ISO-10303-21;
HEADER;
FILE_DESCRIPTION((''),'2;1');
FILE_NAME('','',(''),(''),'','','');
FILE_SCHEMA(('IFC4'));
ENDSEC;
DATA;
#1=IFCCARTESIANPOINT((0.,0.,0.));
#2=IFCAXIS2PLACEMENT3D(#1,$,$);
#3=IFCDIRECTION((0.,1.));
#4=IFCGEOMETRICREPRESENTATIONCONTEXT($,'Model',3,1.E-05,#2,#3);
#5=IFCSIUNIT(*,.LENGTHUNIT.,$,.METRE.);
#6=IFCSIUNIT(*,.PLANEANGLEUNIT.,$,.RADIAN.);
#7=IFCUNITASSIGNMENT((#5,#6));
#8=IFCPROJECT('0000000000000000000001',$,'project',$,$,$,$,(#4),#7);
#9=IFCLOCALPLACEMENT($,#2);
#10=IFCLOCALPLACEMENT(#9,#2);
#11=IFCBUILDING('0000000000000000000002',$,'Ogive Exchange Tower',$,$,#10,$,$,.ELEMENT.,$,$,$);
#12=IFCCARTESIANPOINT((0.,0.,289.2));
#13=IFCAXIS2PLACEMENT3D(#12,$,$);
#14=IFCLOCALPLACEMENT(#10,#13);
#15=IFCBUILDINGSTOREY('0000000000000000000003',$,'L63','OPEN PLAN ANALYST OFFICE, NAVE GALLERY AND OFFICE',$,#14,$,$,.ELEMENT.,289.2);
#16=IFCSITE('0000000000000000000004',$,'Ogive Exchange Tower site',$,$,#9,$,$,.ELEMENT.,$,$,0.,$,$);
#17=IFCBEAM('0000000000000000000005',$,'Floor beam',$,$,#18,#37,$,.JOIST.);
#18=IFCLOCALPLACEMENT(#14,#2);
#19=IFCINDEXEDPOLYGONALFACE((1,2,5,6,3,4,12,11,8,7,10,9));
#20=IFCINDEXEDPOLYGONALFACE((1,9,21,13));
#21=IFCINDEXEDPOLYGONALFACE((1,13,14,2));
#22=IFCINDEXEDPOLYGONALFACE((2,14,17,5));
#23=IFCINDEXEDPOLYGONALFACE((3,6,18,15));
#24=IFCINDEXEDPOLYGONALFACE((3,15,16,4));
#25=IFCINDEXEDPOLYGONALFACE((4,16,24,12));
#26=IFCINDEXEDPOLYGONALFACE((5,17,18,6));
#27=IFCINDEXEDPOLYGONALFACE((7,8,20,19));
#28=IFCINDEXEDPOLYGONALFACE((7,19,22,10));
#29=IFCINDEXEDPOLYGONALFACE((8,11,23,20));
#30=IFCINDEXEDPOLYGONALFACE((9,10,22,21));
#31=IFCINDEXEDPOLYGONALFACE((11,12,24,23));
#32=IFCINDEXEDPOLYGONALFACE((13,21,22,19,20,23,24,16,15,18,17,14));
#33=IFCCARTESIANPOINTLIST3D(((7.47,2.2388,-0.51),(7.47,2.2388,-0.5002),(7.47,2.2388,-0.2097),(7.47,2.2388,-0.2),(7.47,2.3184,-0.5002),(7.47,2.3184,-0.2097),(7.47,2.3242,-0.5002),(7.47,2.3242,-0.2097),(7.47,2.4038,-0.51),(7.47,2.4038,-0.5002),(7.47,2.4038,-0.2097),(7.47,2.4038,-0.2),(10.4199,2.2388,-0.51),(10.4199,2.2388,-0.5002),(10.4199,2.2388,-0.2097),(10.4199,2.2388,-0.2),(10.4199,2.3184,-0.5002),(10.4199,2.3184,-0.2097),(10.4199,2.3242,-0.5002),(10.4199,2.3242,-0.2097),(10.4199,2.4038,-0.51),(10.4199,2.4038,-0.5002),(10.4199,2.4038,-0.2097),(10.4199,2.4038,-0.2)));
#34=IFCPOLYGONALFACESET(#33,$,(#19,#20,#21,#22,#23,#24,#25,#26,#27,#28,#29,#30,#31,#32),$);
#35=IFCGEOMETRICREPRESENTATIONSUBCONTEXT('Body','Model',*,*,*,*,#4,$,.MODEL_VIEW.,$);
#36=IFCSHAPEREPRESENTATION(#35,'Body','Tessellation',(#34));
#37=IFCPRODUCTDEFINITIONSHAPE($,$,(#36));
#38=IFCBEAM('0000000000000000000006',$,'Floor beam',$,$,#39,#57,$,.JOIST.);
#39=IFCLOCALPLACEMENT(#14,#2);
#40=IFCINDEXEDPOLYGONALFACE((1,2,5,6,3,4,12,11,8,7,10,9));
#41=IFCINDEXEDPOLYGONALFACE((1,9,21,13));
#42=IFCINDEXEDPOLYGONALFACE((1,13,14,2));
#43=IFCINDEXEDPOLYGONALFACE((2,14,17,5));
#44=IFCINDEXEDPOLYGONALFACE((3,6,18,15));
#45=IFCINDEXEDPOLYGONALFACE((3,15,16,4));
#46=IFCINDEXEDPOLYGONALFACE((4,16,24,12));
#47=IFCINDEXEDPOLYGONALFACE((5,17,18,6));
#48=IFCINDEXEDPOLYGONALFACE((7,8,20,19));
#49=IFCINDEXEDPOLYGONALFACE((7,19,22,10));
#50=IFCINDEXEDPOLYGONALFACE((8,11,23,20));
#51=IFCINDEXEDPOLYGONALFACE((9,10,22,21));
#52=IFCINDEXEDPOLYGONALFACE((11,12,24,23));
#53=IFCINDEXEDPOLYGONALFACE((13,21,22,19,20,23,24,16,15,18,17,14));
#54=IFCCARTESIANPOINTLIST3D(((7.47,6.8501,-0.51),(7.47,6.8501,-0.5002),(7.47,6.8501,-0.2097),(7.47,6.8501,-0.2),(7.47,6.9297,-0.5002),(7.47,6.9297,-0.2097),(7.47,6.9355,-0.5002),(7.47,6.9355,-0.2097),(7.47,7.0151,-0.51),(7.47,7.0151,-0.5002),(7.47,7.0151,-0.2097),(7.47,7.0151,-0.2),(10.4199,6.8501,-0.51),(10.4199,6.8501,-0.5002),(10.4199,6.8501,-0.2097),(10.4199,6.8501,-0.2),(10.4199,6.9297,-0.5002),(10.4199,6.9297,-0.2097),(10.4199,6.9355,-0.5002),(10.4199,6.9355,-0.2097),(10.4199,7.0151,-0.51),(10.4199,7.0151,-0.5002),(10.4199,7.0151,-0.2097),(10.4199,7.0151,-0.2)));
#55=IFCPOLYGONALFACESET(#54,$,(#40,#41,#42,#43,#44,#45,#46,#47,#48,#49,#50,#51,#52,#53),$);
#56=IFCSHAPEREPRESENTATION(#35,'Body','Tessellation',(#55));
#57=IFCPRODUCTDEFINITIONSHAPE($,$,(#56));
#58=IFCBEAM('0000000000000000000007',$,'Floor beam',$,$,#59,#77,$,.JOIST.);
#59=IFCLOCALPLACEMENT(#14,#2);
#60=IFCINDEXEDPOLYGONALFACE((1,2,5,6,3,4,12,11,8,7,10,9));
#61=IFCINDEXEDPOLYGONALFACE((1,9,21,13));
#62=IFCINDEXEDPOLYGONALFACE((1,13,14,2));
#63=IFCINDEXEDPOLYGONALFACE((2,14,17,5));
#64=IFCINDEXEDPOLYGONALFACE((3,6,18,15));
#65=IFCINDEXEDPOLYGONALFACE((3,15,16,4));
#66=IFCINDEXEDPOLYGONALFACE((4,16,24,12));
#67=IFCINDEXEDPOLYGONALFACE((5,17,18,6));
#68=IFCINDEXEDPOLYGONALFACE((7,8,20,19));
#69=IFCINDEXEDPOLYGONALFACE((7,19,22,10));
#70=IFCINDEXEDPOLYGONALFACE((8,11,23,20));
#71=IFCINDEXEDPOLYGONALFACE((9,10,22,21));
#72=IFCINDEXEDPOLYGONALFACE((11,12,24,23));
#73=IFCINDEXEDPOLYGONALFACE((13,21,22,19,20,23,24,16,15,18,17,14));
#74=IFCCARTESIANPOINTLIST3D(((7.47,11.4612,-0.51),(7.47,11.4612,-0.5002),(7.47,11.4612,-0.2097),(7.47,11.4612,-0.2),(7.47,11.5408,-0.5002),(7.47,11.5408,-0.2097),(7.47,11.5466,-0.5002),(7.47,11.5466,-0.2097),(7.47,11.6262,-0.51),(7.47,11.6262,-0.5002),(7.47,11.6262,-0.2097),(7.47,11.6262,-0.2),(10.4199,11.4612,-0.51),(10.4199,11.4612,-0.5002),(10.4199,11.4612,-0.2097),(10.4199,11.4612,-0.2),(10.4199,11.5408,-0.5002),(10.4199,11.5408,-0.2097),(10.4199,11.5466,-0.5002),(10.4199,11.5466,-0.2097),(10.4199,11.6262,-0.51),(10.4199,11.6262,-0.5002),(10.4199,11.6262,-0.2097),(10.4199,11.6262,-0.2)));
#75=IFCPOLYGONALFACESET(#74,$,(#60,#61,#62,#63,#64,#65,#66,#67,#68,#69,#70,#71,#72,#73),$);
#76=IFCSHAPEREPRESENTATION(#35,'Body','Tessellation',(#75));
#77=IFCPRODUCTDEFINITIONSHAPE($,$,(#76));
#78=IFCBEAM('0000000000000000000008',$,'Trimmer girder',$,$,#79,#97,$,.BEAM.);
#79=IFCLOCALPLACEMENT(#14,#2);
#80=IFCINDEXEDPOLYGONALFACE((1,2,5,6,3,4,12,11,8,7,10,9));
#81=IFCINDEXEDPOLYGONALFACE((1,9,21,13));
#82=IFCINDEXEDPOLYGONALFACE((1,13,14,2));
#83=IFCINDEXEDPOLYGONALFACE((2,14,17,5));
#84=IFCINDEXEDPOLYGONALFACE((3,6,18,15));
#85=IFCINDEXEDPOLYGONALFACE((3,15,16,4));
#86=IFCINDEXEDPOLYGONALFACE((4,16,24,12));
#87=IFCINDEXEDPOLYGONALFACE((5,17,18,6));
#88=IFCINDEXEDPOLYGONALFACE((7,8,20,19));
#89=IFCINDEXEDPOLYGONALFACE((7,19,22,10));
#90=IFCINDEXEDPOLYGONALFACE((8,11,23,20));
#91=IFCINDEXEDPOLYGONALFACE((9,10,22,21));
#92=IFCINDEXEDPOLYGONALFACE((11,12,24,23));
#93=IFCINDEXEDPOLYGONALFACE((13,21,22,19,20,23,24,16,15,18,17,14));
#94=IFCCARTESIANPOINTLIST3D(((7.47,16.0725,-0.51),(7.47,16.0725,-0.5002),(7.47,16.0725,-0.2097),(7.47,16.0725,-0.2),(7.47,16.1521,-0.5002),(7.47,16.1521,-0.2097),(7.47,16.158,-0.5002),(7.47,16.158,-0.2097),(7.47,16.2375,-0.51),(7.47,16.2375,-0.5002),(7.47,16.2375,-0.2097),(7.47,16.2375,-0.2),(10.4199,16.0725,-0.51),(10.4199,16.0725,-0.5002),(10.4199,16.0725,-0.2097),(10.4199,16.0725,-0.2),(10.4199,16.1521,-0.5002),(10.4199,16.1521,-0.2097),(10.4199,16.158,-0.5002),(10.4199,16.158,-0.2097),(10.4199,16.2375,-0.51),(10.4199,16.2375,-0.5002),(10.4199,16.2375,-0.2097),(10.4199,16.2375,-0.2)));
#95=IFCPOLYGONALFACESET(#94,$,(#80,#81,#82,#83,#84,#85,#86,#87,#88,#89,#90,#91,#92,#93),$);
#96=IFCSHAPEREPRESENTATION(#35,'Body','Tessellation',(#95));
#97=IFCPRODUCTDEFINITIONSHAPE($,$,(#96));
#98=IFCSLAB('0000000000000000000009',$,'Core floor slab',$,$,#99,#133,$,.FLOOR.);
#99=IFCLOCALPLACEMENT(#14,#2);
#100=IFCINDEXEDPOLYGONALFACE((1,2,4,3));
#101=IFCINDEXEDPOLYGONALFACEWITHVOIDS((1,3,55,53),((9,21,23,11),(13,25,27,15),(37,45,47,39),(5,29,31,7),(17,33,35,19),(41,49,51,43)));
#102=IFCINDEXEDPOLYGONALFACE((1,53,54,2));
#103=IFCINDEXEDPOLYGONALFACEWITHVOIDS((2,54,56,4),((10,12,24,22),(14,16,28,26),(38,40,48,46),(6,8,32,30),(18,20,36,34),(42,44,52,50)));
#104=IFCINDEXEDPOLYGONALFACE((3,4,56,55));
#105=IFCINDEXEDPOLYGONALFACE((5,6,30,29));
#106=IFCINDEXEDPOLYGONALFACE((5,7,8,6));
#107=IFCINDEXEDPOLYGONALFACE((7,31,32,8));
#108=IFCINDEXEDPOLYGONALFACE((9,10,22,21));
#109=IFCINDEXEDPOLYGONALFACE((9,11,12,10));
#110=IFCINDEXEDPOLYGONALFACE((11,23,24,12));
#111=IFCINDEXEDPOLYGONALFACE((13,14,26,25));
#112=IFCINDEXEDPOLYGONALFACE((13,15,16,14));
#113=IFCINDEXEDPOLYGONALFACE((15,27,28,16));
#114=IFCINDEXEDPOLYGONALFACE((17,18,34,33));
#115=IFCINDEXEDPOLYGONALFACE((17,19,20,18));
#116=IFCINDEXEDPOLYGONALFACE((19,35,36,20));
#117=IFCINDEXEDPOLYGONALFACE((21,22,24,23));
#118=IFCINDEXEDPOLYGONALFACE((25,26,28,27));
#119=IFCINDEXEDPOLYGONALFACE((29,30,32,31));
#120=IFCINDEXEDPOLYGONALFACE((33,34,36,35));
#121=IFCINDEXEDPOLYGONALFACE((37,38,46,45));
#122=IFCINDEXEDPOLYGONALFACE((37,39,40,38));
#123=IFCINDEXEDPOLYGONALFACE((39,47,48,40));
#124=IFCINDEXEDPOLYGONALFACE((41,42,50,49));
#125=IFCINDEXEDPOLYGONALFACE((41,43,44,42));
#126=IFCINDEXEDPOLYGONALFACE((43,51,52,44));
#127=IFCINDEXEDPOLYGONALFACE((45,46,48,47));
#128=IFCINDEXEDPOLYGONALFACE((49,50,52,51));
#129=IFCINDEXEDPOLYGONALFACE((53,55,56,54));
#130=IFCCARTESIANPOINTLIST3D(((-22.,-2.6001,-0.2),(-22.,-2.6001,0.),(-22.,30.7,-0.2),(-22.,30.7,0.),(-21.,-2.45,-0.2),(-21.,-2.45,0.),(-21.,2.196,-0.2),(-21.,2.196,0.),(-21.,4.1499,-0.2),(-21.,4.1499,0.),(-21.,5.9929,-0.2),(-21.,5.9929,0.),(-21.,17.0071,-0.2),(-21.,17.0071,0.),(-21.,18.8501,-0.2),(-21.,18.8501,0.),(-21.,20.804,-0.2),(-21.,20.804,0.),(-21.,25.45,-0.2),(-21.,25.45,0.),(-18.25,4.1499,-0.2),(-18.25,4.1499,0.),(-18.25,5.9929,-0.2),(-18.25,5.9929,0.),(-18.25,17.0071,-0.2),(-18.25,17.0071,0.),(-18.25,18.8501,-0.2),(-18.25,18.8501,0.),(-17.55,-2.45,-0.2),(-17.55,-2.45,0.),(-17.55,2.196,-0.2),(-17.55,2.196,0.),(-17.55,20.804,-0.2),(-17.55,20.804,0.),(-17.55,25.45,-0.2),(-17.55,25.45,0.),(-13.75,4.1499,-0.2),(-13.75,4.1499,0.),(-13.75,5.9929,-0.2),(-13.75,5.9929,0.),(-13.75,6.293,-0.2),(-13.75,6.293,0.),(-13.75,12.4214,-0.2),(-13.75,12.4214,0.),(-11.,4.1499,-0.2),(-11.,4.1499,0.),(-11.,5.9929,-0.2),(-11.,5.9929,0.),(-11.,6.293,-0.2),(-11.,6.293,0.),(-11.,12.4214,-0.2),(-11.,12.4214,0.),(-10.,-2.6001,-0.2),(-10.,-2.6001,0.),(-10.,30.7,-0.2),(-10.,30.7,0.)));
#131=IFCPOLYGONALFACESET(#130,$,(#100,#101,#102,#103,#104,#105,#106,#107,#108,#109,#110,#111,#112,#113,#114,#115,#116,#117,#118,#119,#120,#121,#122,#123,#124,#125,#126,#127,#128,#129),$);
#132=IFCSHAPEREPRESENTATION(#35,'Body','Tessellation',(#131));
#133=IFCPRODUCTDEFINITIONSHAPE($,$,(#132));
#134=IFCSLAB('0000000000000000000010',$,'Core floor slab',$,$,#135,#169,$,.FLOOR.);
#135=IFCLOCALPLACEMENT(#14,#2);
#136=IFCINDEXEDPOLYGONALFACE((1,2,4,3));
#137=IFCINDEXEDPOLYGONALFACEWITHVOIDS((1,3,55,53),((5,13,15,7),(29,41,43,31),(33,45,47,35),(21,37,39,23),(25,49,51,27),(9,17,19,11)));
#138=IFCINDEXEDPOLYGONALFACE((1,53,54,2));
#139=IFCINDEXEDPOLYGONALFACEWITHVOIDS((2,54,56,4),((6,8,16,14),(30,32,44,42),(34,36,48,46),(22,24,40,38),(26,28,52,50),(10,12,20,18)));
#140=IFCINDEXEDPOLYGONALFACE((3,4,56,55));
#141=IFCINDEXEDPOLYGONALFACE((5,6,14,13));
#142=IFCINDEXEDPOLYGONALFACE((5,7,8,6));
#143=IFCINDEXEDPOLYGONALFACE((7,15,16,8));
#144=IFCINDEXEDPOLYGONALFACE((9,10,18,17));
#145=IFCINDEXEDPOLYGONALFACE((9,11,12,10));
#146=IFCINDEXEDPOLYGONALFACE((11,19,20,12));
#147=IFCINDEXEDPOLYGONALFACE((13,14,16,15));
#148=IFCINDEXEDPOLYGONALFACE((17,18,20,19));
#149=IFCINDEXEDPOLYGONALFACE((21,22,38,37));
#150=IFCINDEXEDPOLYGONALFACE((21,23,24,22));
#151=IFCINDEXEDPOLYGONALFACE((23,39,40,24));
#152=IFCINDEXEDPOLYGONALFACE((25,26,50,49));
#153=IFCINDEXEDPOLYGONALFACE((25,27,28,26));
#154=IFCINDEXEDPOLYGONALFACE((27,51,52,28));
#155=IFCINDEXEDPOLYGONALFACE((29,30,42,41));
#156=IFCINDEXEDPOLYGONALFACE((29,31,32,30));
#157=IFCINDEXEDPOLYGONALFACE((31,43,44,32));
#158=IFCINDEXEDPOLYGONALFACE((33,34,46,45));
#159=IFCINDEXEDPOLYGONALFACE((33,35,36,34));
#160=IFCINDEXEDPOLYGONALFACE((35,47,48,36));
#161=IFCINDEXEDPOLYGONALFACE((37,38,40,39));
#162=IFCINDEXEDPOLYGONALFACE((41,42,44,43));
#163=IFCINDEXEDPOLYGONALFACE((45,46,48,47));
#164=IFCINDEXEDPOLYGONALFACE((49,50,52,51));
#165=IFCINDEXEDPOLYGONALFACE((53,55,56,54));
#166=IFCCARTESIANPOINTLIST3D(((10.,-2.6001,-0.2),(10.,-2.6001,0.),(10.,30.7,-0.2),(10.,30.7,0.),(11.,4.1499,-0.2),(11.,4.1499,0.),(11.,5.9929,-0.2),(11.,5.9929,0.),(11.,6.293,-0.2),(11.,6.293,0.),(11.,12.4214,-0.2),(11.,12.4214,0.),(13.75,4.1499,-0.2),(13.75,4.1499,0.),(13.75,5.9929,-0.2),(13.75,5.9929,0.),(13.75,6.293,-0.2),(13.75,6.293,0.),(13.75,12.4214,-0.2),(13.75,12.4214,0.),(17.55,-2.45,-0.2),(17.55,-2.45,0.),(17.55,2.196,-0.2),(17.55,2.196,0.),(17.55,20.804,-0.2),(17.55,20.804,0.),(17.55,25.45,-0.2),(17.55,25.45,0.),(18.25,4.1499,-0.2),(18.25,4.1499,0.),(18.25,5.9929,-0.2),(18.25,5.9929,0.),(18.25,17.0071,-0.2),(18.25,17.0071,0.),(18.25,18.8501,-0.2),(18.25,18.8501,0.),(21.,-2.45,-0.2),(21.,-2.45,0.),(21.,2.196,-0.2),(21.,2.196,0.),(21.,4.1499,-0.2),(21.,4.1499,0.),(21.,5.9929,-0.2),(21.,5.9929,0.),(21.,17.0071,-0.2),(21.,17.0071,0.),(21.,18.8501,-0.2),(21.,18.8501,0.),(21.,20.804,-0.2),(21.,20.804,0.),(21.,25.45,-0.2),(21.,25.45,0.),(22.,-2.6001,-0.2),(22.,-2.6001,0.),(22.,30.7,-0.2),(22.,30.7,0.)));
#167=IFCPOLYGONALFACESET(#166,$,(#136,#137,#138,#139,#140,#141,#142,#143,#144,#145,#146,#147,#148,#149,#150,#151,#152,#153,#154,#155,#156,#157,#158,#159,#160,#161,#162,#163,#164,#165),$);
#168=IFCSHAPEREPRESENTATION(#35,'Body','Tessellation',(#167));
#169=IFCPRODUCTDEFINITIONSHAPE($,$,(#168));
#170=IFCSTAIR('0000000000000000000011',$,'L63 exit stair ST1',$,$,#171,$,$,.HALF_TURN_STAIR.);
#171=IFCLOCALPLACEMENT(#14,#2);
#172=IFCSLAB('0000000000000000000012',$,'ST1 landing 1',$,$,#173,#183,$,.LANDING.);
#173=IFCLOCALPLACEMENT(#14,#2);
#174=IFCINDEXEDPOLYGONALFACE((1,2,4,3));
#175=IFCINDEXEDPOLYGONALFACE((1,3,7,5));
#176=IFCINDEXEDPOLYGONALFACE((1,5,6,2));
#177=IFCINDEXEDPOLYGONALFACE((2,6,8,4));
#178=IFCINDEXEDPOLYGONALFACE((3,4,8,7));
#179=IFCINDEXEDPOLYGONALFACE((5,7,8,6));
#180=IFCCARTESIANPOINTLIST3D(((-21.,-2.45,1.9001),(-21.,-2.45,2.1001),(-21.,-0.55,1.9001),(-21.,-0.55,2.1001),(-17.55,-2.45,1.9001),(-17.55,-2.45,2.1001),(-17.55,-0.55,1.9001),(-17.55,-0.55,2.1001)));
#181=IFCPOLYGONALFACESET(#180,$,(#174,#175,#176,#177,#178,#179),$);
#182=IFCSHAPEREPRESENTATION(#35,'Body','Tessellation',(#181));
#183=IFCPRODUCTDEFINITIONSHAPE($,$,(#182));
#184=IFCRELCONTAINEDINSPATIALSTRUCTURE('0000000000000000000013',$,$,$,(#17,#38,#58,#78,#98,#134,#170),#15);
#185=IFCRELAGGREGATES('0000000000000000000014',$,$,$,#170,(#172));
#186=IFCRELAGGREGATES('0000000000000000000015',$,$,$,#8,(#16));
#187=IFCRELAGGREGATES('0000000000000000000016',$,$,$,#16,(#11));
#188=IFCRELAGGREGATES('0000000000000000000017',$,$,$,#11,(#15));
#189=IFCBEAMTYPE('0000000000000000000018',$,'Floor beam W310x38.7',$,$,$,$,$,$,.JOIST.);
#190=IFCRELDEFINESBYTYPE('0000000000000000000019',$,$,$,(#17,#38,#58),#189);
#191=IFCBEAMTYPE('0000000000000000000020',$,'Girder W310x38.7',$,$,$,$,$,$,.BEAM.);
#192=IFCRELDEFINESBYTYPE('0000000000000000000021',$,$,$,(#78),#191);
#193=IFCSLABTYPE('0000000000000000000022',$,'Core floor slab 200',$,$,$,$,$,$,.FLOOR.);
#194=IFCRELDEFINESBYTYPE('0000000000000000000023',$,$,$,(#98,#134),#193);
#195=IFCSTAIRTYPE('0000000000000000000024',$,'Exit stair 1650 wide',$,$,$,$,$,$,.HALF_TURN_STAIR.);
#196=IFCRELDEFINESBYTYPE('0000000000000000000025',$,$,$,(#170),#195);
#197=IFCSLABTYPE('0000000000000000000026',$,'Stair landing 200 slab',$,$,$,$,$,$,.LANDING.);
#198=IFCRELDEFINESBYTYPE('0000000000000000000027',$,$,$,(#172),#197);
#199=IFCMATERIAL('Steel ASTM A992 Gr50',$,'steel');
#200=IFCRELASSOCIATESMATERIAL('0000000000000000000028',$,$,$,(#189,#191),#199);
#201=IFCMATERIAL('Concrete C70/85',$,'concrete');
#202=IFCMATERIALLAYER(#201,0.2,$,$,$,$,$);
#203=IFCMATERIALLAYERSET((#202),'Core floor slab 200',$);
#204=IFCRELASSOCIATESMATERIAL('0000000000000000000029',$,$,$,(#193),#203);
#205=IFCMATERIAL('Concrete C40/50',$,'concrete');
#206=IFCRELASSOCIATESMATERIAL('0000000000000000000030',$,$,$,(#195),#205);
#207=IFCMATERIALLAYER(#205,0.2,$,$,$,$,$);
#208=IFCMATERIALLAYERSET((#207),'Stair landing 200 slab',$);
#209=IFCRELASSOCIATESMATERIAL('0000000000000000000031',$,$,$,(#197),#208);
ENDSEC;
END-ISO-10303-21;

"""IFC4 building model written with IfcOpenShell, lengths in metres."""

from ifc_helpers import new_model, si_unit, direction, frame, origin, origin_2d, place, context, subcontext, project, spatial, polyline, i_section, outline, extrude, material, layer, layer_set, material_profile, profile_set, type_object, element, aggregate, save


model = new_model("IFC4")

# Units and contexts
model_context = context("Model", 3, precision=1e-05, world=origin(), true_north=direction((0.0, 1.0)))
body_context = subcontext(model_context, "Body", "Model", "MODEL_VIEW")
ifc_project = project(units=[si_unit("LENGTHUNIT", "METRE"), si_unit("PLANEANGLEUNIT", "RADIAN")], contexts=[model_context])

# Site, building, storey
site_placement = place(None, origin())
site = spatial("IfcSite", under=ifc_project, at=site_placement, Name="Ogive Exchange Tower site", CompositionType="ELEMENT", RefElevation=0.0)
building_placement = place(site_placement, origin())
building = spatial("IfcBuilding", under=site, at=building_placement, Name="Ogive Exchange Tower", CompositionType="ELEMENT")
storey_placement = place(building_placement, frame((0.0, 0.0, 289.2)))
storey = spatial("IfcBuildingStorey", under=building, at=storey_placement, Name="L63", Description="OPEN PLAN ANALYST OFFICE, NAVE GALLERY AND OFFICE", CompositionType="ELEMENT", Elevation=289.2)

# Beams
ifc_material_1 = material(Name="Steel ASTM A992 Gr50", Category="steel")
ifc_material_profile_1 = material_profile(ifc_material_1, i_section(OverallWidth=0.165, OverallDepth=0.3101, WebThickness=0.0059, FlangeThickness=0.0098, at=origin_2d()), Name="W310x38.7")
ifc_profile_set_1 = profile_set([ifc_material_profile_1], Name="Steel ASTM A992 Gr50")
beam_type_1 = type_object("IfcBeamType", Name="Floor beam W310x38.7", PredefinedType="JOIST", material=ifc_profile_set_1)
for number, where, z_axis, x_axis, name in (
    (1, (7.47, 2.3213, -0.355), (1.0, 0.0, 0.0), (0.0, 1.0, 0.0), "Floor beam"),
    (2, (7.47, 6.9326, -0.355), (1.0, 0.0, 0.0), (0.0, 1.0, 0.0), "Floor beam"),
    (3, (7.47, 11.5437, -0.355), (1.0, 0.0, 0.0), (0.0, 1.0, 0.0), "Floor beam"),
):
    element("IfcBeam", number, at=place(storey_placement, frame(where, z_axis=z_axis, x_axis=x_axis)), inside=storey, type_object=beam_type_1, Name=name, PredefinedType="JOIST", context=body_context, shape_type="SweptSolid", body=[
        extrude(i_section(OverallWidth=0.165, OverallDepth=0.3101, WebThickness=0.0059, FlangeThickness=0.0098, at=origin_2d()), origin(), (0.0, 0.0, 1.0), 2.95),
    ])
ifc_material_profile_2 = material_profile(ifc_material_1, i_section(OverallWidth=0.165, OverallDepth=0.3101, WebThickness=0.0059, FlangeThickness=0.0098, at=origin_2d()), Name="W310x38.7")
ifc_profile_set_2 = profile_set([ifc_material_profile_2], Name="Steel ASTM A992 Gr50")
beam_type_2 = type_object("IfcBeamType", Name="Girder W310x38.7", PredefinedType="BEAM", material=ifc_profile_set_2)
beam_placement = place(storey_placement, frame((7.47, 16.155, -0.355), z_axis=(1.0, 0.0, 0.0), x_axis=(0.0, 1.0, 0.0)))
element("IfcBeam", 4, at=beam_placement, inside=storey, type_object=beam_type_2, Name="Trimmer girder", PredefinedType="BEAM", context=body_context, shape_type="SweptSolid", body=[
    extrude(i_section(OverallWidth=0.165, OverallDepth=0.3101, WebThickness=0.0059, FlangeThickness=0.0098, at=origin_2d()), origin(), (0.0, 0.0, 1.0), 2.95),
])

# Slabs
ifc_material_2 = material(Name="Concrete C70/85", Category="concrete")
ifc_layer_1 = layer(ifc_material_2, 0.2)
ifc_layer_set_1 = layer_set([ifc_layer_1], Name="Core floor slab 200")
slab_type_1 = type_object("IfcSlabType", Name="Core floor slab 200", PredefinedType="FLOOR", material=ifc_layer_set_1)
slab_1_placement = place(storey_placement, frame((0.0, 0.0, -0.2)))
element("IfcSlab", 5, at=slab_1_placement, inside=storey, type_object=slab_type_1, Name="Core floor slab", PredefinedType="FLOOR", context=body_context, shape_type="SweptSolid", body=[
    extrude(outline(polyline([(-22.0, -2.6001), (-22.0, 30.7), (-10.0, 30.7), (-10.0, -2.6001), (-22.0, -2.6001)]), holes=[polyline([(-17.55, 2.196), (-21.0, 2.196), (-21.0, -2.45), (-17.55, -2.45), (-17.55, 2.196)]), polyline([(-18.25, 5.9929), (-21.0, 5.9929), (-21.0, 4.1499), (-18.25, 4.1499), (-18.25, 5.9929)]), polyline([(-11.0, 5.9929), (-13.75, 5.9929), (-13.75, 4.1499), (-11.0, 4.1499), (-11.0, 5.9929)]), polyline([(-13.75, 12.4214), (-13.75, 6.293), (-11.0, 6.293), (-11.0, 12.4214), (-13.75, 12.4214)]), polyline([(-18.25, 18.8501), (-21.0, 18.8501), (-21.0, 17.0071), (-18.25, 17.0071), (-18.25, 18.8501)]), polyline([(-21.0, 25.45), (-21.0, 20.804), (-17.55, 20.804), (-17.55, 25.45), (-21.0, 25.45)])]), origin(), (0.0, 0.0, 1.0), 0.2),
])
slab_2_placement = place(storey_placement, frame((0.0, 0.0, -0.2)))
element("IfcSlab", 6, at=slab_2_placement, inside=storey, type_object=slab_type_1, Name="Core floor slab", PredefinedType="FLOOR", context=body_context, shape_type="SweptSolid", body=[
    extrude(outline(polyline([(10.0, -2.6001), (10.0, 30.7), (22.0, 30.7), (22.0, -2.6001), (10.0, -2.6001)]), holes=[polyline([(21.0, 2.196), (17.55, 2.196), (17.55, -2.45), (21.0, -2.45), (21.0, 2.196)]), polyline([(13.75, 5.9929), (11.0, 5.9929), (11.0, 4.1499), (13.75, 4.1499), (13.75, 5.9929)]), polyline([(21.0, 5.9929), (18.25, 5.9929), (18.25, 4.1499), (21.0, 4.1499), (21.0, 5.9929)]), polyline([(11.0, 12.4214), (11.0, 6.293), (13.75, 6.293), (13.75, 12.4214), (11.0, 12.4214)]), polyline([(21.0, 18.8501), (18.25, 18.8501), (18.25, 17.0071), (21.0, 17.0071), (21.0, 18.8501)]), polyline([(17.55, 25.45), (17.55, 20.804), (21.0, 20.804), (21.0, 25.45), (17.55, 25.45)])]), origin(), (0.0, 0.0, 1.0), 0.2),
])

# Stair, slab
ifc_material_3 = material(Name="Concrete C40/50", Category="concrete")
stair_type = type_object("IfcStairType", Name="Exit stair 1650 wide", PredefinedType="HALF_TURN_STAIR", material=ifc_material_3)
stair_1_placement = place(storey_placement, origin())
stair_1 = element("IfcStair", 7, at=stair_1_placement, inside=storey, type_object=stair_type, Name="L63 exit stair ST1", PredefinedType="HALF_TURN_STAIR")
ifc_layer_2 = layer(ifc_material_3, 0.2)
ifc_layer_set_2 = layer_set([ifc_layer_2], Name="Stair landing 200 slab")
slab_type_2 = type_object("IfcSlabType", Name="Stair landing 200 slab", PredefinedType="LANDING", material=ifc_layer_set_2)
slab_3_placement = place(storey_placement, frame((0.0, 0.0, 1.9001)))
slab_3 = element("IfcSlab", 8, at=slab_3_placement, type_object=slab_type_2, Name="ST1 landing 1", PredefinedType="LANDING", context=body_context, shape_type="SweptSolid", body=[
    extrude(outline(polyline([(-21.0, -0.55), (-21.0, -2.45), (-17.55, -2.45), (-17.55, -0.55), (-21.0, -0.55)])), origin(), (0.0, 0.0, 1.0), 0.2),
])
aggregate(stair_1, [slab_3])

save(model, "model.ifc")
